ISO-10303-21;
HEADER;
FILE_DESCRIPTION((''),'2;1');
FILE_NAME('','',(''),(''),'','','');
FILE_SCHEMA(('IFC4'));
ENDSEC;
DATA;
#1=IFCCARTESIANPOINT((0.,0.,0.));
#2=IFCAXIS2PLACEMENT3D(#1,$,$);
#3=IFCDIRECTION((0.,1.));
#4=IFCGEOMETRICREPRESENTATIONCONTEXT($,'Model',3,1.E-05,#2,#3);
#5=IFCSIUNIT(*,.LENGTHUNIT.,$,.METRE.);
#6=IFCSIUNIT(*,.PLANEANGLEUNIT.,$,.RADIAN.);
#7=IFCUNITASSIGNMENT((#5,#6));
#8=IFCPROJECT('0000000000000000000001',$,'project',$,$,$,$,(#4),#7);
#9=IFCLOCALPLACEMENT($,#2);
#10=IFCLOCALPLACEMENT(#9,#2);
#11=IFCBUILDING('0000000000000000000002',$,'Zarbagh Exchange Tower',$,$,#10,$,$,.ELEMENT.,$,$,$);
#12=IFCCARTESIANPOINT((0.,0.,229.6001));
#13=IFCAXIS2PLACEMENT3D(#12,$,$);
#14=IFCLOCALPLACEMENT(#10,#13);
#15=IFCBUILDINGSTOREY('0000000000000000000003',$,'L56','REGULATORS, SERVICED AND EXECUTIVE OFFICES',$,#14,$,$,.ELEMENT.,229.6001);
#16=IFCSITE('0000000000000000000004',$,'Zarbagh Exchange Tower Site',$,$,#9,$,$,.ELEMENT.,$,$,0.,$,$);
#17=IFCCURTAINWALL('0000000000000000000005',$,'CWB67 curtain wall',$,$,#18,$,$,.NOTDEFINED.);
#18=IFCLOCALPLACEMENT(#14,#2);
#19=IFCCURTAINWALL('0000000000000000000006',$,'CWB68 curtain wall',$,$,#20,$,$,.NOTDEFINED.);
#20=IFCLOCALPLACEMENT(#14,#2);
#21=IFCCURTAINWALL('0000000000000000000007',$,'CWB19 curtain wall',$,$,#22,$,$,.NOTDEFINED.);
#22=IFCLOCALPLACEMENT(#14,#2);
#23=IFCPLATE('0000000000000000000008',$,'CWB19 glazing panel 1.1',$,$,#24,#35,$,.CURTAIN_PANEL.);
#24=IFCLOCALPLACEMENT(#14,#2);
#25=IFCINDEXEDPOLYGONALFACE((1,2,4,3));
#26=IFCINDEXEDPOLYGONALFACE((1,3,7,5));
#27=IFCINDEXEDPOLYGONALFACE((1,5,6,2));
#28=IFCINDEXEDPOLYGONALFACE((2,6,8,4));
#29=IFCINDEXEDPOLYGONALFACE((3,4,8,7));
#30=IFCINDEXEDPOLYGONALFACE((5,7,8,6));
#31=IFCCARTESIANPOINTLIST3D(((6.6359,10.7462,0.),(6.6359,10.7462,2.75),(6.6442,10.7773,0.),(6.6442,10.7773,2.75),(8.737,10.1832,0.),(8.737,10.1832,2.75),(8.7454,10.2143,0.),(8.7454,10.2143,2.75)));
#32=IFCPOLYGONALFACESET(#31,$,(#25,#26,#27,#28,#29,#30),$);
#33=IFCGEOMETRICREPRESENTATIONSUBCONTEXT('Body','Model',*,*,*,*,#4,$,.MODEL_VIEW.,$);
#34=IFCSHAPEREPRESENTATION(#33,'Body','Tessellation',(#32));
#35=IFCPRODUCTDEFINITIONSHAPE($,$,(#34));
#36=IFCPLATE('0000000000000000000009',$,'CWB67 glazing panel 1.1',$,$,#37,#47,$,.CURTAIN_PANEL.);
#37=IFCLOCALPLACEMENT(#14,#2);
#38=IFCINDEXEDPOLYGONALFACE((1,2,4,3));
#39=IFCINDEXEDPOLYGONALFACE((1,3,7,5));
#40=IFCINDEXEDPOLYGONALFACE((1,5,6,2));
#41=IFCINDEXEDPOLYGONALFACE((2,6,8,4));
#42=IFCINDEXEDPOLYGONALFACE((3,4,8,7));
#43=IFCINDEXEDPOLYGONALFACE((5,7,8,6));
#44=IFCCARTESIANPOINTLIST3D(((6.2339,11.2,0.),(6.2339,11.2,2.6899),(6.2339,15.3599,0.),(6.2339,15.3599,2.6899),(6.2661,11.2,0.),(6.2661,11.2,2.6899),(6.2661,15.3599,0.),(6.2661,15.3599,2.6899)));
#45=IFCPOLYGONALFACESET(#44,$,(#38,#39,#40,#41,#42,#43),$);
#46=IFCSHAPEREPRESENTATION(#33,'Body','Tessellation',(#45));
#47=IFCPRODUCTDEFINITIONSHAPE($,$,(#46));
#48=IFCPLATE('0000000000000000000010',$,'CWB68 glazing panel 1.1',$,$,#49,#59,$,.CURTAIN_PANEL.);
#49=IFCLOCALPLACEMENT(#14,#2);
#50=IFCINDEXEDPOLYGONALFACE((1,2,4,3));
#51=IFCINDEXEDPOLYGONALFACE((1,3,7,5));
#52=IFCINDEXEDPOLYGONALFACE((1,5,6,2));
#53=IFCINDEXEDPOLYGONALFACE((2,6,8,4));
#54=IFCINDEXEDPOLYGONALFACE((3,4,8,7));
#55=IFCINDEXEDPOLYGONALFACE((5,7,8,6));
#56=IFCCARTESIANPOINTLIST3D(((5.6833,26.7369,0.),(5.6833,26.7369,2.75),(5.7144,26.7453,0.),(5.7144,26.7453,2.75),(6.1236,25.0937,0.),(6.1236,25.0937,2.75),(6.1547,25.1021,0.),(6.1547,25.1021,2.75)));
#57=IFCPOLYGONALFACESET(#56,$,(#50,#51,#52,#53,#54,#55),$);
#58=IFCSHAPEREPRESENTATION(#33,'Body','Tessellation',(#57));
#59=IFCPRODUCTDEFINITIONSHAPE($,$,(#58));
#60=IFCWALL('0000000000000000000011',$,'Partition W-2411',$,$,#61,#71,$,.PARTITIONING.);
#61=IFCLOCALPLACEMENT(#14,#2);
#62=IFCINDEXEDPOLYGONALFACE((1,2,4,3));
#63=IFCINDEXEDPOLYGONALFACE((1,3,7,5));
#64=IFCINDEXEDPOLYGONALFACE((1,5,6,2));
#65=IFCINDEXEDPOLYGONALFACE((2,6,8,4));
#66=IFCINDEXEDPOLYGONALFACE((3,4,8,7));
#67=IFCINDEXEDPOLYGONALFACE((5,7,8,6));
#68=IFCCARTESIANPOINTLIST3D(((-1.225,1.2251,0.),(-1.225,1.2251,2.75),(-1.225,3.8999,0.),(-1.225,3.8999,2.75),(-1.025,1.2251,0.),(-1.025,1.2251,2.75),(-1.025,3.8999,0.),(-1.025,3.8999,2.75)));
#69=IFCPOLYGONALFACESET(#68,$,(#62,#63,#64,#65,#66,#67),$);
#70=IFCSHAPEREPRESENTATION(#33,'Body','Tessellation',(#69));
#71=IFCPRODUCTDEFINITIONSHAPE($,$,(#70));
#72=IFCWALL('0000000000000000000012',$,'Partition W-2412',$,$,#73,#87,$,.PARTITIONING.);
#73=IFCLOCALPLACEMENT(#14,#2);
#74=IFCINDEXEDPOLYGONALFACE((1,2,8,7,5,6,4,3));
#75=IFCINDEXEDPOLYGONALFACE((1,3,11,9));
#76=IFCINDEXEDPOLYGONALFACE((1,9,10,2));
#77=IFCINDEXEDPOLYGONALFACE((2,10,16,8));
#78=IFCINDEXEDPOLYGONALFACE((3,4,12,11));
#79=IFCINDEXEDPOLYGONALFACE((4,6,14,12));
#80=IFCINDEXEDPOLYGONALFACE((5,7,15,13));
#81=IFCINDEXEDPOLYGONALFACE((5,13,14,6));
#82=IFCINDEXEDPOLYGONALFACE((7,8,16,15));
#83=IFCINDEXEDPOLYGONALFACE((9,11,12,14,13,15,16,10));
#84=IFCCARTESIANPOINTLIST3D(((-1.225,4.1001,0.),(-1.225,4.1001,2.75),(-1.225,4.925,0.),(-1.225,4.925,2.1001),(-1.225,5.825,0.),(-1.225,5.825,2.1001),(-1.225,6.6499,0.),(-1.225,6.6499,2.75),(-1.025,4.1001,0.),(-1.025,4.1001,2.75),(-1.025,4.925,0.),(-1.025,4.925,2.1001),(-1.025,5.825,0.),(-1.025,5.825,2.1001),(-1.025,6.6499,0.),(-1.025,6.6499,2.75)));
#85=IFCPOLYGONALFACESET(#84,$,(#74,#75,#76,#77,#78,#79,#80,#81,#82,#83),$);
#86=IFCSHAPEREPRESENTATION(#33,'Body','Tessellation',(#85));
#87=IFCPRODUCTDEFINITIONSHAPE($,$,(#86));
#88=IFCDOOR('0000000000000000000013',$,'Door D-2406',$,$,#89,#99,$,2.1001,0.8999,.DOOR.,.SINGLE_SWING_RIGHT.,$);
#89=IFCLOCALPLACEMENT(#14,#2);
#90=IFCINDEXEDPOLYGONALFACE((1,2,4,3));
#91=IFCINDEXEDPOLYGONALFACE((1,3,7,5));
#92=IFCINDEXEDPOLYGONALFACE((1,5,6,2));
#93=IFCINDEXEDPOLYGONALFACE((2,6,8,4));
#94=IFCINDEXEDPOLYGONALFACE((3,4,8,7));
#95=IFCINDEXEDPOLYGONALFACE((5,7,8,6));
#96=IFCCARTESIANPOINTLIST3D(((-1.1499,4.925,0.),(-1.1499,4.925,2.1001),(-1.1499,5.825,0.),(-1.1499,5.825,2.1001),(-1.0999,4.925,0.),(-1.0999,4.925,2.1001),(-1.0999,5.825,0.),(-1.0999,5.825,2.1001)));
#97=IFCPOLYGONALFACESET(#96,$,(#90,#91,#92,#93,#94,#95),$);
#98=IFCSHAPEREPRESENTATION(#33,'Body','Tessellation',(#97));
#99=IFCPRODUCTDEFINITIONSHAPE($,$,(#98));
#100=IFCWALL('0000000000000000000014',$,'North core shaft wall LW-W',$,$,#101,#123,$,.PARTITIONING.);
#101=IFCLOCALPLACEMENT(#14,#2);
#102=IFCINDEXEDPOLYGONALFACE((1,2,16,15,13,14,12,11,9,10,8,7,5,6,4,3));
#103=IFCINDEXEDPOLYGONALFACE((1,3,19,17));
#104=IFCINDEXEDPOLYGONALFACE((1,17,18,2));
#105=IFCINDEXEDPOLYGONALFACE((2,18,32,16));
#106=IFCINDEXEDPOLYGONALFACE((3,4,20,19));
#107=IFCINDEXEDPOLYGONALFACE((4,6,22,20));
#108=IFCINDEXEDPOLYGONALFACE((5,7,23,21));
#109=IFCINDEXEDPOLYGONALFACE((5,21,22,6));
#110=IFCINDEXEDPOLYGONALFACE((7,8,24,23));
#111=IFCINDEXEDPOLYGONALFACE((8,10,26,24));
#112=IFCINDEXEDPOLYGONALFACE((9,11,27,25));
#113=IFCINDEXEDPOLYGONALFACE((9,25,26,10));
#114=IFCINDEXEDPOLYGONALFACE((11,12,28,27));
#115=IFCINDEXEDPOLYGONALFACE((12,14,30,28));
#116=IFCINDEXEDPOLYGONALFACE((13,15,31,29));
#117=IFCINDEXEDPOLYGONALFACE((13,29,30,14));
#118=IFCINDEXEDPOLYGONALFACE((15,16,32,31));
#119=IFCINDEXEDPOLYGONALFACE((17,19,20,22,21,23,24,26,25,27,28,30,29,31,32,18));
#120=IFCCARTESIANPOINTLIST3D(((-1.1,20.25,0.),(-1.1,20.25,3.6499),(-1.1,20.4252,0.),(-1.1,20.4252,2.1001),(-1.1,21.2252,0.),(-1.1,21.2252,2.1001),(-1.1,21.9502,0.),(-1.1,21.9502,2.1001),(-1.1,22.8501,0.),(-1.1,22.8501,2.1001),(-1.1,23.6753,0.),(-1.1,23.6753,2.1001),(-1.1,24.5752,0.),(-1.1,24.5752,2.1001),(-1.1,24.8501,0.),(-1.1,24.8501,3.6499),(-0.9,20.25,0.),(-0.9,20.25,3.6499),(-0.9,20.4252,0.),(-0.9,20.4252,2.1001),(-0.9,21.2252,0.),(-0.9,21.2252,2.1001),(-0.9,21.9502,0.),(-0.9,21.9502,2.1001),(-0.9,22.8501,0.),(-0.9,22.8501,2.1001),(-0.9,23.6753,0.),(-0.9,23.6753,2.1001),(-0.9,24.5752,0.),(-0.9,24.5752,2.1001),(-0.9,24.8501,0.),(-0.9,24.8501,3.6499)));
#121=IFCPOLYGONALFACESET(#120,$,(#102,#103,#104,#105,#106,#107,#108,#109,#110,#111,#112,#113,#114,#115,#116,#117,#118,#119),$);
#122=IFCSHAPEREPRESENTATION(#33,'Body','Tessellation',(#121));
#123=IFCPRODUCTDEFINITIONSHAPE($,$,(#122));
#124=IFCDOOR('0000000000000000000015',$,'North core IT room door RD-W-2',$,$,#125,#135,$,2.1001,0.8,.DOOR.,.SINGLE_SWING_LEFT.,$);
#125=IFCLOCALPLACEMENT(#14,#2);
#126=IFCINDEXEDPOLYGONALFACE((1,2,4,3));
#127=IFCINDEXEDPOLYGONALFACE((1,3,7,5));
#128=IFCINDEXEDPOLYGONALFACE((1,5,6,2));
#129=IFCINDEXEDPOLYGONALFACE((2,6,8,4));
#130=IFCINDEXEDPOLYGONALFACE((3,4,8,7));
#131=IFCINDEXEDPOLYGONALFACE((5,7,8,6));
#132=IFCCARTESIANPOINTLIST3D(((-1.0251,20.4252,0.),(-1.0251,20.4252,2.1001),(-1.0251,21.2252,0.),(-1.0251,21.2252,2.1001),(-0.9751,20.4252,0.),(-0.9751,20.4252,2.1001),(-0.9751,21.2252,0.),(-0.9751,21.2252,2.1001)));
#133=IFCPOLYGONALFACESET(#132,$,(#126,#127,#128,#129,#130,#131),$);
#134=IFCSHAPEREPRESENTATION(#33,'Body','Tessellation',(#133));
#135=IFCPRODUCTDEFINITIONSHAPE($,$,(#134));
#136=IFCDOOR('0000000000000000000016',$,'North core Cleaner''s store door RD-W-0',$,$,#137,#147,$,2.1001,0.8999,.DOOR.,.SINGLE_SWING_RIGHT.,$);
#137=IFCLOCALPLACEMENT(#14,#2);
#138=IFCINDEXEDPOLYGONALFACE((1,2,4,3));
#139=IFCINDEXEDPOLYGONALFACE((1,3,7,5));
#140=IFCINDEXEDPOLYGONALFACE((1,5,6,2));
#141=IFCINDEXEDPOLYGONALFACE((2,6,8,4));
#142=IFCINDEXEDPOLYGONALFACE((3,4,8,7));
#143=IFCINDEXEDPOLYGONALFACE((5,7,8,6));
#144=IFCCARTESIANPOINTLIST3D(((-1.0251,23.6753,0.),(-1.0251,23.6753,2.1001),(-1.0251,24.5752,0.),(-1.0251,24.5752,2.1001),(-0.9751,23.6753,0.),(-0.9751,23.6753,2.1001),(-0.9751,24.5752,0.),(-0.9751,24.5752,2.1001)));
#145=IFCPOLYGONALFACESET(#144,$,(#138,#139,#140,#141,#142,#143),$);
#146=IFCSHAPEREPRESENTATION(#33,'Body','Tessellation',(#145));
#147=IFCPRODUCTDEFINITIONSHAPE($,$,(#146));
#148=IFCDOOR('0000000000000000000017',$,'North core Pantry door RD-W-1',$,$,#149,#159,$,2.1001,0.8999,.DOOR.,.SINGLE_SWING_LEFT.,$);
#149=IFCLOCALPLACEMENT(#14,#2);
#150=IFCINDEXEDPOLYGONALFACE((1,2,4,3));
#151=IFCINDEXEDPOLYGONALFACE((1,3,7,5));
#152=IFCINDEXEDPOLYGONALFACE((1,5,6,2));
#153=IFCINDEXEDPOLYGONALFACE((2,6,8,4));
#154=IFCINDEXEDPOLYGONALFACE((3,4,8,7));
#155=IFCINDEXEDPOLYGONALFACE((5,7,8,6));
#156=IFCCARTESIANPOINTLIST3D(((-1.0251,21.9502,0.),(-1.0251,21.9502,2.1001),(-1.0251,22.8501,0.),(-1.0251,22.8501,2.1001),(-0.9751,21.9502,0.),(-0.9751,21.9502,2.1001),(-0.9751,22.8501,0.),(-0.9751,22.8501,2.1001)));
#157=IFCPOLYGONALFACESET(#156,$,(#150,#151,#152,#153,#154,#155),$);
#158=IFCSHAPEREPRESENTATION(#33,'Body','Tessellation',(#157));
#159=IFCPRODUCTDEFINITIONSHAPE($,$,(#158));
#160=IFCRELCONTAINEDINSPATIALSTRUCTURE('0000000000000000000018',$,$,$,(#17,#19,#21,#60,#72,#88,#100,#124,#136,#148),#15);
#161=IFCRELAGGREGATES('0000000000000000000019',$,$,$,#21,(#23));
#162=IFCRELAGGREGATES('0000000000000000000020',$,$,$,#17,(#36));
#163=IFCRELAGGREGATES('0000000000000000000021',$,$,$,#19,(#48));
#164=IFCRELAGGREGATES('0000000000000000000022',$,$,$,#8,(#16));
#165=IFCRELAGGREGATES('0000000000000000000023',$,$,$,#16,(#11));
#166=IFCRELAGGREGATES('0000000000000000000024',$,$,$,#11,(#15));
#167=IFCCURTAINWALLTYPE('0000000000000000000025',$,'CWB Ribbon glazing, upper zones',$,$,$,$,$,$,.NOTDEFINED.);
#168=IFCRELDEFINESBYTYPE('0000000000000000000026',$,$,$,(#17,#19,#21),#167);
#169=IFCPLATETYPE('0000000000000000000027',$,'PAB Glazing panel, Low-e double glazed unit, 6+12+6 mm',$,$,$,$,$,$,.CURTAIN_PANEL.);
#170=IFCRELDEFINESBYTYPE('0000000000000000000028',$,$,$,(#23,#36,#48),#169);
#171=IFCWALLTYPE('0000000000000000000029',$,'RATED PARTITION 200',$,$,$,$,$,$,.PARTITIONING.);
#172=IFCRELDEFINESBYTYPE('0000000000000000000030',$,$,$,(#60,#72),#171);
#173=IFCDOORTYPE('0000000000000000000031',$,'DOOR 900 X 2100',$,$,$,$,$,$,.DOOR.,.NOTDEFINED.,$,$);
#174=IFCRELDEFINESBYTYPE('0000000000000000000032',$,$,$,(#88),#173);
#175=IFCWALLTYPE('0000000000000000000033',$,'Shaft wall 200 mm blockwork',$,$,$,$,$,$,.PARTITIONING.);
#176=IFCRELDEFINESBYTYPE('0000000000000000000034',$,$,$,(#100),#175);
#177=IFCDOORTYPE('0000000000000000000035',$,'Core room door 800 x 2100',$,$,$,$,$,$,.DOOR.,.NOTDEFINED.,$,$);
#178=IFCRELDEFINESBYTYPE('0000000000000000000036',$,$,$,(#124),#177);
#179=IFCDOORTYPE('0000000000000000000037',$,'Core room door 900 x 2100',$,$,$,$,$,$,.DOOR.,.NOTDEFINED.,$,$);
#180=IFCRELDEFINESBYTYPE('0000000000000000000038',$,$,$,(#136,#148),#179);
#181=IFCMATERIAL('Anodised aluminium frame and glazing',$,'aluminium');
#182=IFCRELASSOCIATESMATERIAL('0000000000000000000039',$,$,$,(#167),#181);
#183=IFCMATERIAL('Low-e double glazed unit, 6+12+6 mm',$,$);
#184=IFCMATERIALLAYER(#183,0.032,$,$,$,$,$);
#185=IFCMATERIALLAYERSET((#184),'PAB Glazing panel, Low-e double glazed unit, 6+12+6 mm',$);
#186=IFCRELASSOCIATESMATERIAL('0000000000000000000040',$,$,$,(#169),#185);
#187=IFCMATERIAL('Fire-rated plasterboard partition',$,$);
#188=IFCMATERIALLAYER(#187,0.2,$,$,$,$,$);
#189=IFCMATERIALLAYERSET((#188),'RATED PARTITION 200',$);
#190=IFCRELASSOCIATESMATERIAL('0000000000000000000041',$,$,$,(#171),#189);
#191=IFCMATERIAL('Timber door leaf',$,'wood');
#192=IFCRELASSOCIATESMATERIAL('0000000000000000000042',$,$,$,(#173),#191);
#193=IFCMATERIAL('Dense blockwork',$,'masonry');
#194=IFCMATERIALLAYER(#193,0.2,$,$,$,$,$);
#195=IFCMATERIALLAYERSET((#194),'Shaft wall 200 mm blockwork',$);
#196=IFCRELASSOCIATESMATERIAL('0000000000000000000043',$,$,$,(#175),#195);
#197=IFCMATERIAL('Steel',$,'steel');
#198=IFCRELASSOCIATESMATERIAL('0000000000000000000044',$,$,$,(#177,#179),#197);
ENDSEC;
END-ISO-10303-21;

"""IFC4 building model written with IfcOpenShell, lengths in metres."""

from ifc_helpers import new_model, si_unit, direction, frame, frame_2d, origin, place, context, subcontext, project, spatial, polyline, rectangle, outline, extrude, source, transform, mapped, material, layer, layer_set, type_object, element, fill, aggregate, save


model = new_model("IFC4")

# Units and contexts
model_context = context("Model", 3, precision=1e-05, world=origin(), true_north=direction((0.0, 1.0)))
body_context = subcontext(model_context, "Body", "Model", "MODEL_VIEW")
ifc_project = project(units=[si_unit("LENGTHUNIT", "METRE"), si_unit("PLANEANGLEUNIT", "RADIAN")], contexts=[model_context])

# Site, building, storey
site_placement = place(None, origin())
site = spatial("IfcSite", under=ifc_project, at=site_placement, Name="Zarbagh Exchange Tower Site", CompositionType="ELEMENT", RefElevation=0.0)
building_placement = place(site_placement, origin())
building = spatial("IfcBuilding", under=site, at=building_placement, Name="Zarbagh Exchange Tower", CompositionType="ELEMENT")
storey_placement = place(building_placement, frame((0.0, 0.0, 229.6001)))
storey = spatial("IfcBuildingStorey", under=building, at=storey_placement, Name="L56", Description="REGULATORS, SERVICED AND EXECUTIVE OFFICES", CompositionType="ELEMENT", Elevation=229.6001)

# Shared definitions
ifc_material_1 = material(Name="Anodised aluminium frame and glazing", Category="aluminium")
curtain_wall_type = type_object("IfcCurtainWallType", Name="CWB Ribbon glazing, upper zones", PredefinedType="NOTDEFINED", material=ifc_material_1)
placement = place(storey_placement, origin())

# Curtain wall
curtain_wall_1_placement = place(storey_placement, origin())
curtain_wall_1 = element("IfcCurtainWall", 1, at=curtain_wall_1_placement, inside=storey, type_object=curtain_wall_type, Name="CWB67 curtain wall", PredefinedType="NOTDEFINED")

# Curtain wall
curtain_wall_2_placement = place(storey_placement, origin())
curtain_wall_2 = element("IfcCurtainWall", 2, at=curtain_wall_2_placement, inside=storey, type_object=curtain_wall_type, Name="CWB68 curtain wall", PredefinedType="NOTDEFINED")

# Shared definitions
ifc_material_2 = material(Name="Low-e double glazed unit, 6+12+6 mm")
ifc_layer_1 = layer(ifc_material_2, 0.032)
ifc_layer_set_1 = layer_set([ifc_layer_1], Name="PAB Glazing panel, Low-e double glazed unit, 6+12+6 mm")
plate_type = type_object("IfcPlateType", Name="PAB Glazing panel, Low-e double glazed unit, 6+12+6 mm", PredefinedType="CURTAIN_PANEL", material=ifc_layer_set_1)

# Curtain wall, plate
curtain_wall_3_placement = place(storey_placement, origin())
curtain_wall_3 = element("IfcCurtainWall", 3, at=curtain_wall_3_placement, inside=storey, type_object=curtain_wall_type, Name="CWB19 curtain wall", PredefinedType="NOTDEFINED")
shared_shape_1 = source(origin(), body_context, "Body", "SweptSolid", [
    extrude(outline(polyline([(0.0, -0.0161), (2.1753, -0.0161), (2.1753, 0.0161), (0.0, 0.0161), (0.0, -0.0161)])), origin(), (0.0, 0.0, 1.0), 2.75),
])
plate_1 = element("IfcPlate", 4, at=placement, type_object=plate_type, Name="CWB19 glazing panel 1.1", PredefinedType="CURTAIN_PANEL", context=body_context, shape_type="MappedRepresentation", body=[
    mapped(shared_shape_1, transform((8.7412, 10.1987, 0.0), x_axis=(-0.965924, 0.258825, 0.0), y_axis=(-0.258825, -0.965924, 0.0), z_axis=(0.0, 0.0, 1.0))),
])
aggregate(curtain_wall_3, [plate_1])

# Plates
shared_shape_2 = source(origin(), body_context, "Body", "SweptSolid", [
    extrude(outline(polyline([(0.0, -0.0161), (4.1599, -0.0161), (4.1599, 0.0161), (0.0, 0.0161), (0.0, -0.0161)])), origin(), (0.0, 0.0, 1.0), 2.6899),
])
plate_2 = element("IfcPlate", 5, at=placement, type_object=plate_type, Name="CWB67 glazing panel 1.1", PredefinedType="CURTAIN_PANEL", context=body_context, shape_type="MappedRepresentation", body=[
    mapped(shared_shape_2, transform((6.25, 11.2, 0.0), x_axis=(0.0, 1.0, 0.0), y_axis=(-1.0, 0.0, 0.0), z_axis=(0.0, 0.0, 1.0))),
])
aggregate(curtain_wall_1, [plate_2])
shared_shape_3 = source(origin(), body_context, "Body", "SweptSolid", [
    extrude(outline(polyline([(0.0, -0.0161), (1.7012, -0.0161), (1.7012, 0.0161), (0.0, 0.0161), (0.0, -0.0161)])), origin(), (0.0, 0.0, 1.0), 2.75),
])
plate_3 = element("IfcPlate", 6, at=placement, type_object=plate_type, Name="CWB68 glazing panel 1.1", PredefinedType="CURTAIN_PANEL", context=body_context, shape_type="MappedRepresentation", body=[
    mapped(shared_shape_3, transform((6.1392, 25.0979, 0.0), x_axis=(-0.258825, 0.965924, 0.0), y_axis=(-0.965924, -0.258825, 0.0), z_axis=(0.0, 0.0, 1.0))),
])
aggregate(curtain_wall_2, [plate_3])

# Wall
ifc_material_3 = material(Name="Fire-rated plasterboard partition")
ifc_layer_2 = layer(ifc_material_3, 0.2)
ifc_layer_set_2 = layer_set([ifc_layer_2], Name="RATED PARTITION 200")
wall_type_1 = type_object("IfcWallType", Name="RATED PARTITION 200", PredefinedType="PARTITIONING", material=ifc_layer_set_2)
wall_1_placement = place(storey_placement, frame((-1.125, 1.2251, 0.0), z_axis=(0.0, 0.0, 1.0), x_axis=(0.0, 1.0, 0.0)))
element("IfcWall", 7, at=wall_1_placement, inside=storey, type_object=wall_type_1, Name="Partition W-2411", PredefinedType="PARTITIONING", context=body_context, shape_type="SweptSolid", body=[
    extrude(rectangle(XDim=2.6748, YDim=0.2, at=frame_2d((1.3374, 0.0))), origin(), (0.0, 0.0, 1.0), 2.75),
])

# Wall, opening, door
wall_2_placement = place(storey_placement, frame((-1.125, 4.1001, 0.0), z_axis=(0.0, 0.0, 1.0), x_axis=(0.0, 1.0, 0.0)))
wall_2 = element("IfcWall", 8, at=wall_2_placement, inside=storey, type_object=wall_type_1, Name="Partition W-2412", PredefinedType="PARTITIONING", context=body_context, shape_type="SweptSolid", body=[
    extrude(rectangle(XDim=2.5498, YDim=0.2, at=frame_2d((1.2749, 0.0))), origin(), (0.0, 0.0, 1.0), 2.75),
])
opening_1_placement = place(wall_2_placement, frame((0.825, 0.0, 0.0)))
opening_1 = element("IfcOpeningElement", 9, at=opening_1_placement, cuts=wall_2, PredefinedType="OPENING", context=body_context, shape_type="SweptSolid", body=[
    extrude(rectangle(XDim=0.8999, YDim=2.1001, at=frame_2d((0.45, 1.05))), frame((0.0, 0.1099, 0.0), z_axis=(0.0, -1.0, 0.0), x_axis=(1.0, 0.0, 0.0)), (0.0, 0.0, 1.0), 0.22),
])
ifc_material_4 = material(Name="Timber door leaf", Category="wood")
door_type_1 = type_object("IfcDoorType", Name="DOOR 900 X 2100", OperationType="NOTDEFINED", PredefinedType="DOOR", material=ifc_material_4)
door_1_placement = place(opening_1_placement, origin())
door_1 = element("IfcDoor", 10, at=door_1_placement, inside=storey, type_object=door_type_1, Name="Door D-2406", OperationType="SINGLE_SWING_RIGHT", OverallHeight=2.1001, OverallWidth=0.8999, PredefinedType="DOOR", context=body_context, shape_type="SweptSolid", body=[
    extrude(rectangle(XDim=0.8999, YDim=2.1001, at=frame_2d((0.45, 1.05))), frame((0.0, 0.0249, 0.0), z_axis=(0.0, -1.0, 0.0), x_axis=(1.0, 0.0, 0.0)), (0.0, 0.0, 1.0), 0.05),
])
fill(opening_1, door_1)

# Wall, openings, doors
ifc_material_5 = material(Name="Dense blockwork", Category="masonry")
ifc_layer_3 = layer(ifc_material_5, 0.2)
ifc_layer_set_3 = layer_set([ifc_layer_3], Name="Shaft wall 200 mm blockwork")
wall_type_2 = type_object("IfcWallType", Name="Shaft wall 200 mm blockwork", PredefinedType="PARTITIONING", material=ifc_layer_set_3)
wall_3_placement = place(storey_placement, frame((-1.0, 24.8501, 0.0), z_axis=(0.0, 0.0, 1.0), x_axis=(0.0, -1.0, 0.0)))
wall_3 = element("IfcWall", 11, at=wall_3_placement, inside=storey, type_object=wall_type_2, Name="North core shaft wall LW-W", PredefinedType="PARTITIONING", context=body_context, shape_type="SweptSolid", body=[
    extrude(rectangle(XDim=4.6001, YDim=0.2, at=frame_2d((2.3, 0.0))), origin(), (0.0, 0.0, 1.0), 3.6499),
])
opening_2_placement = place(wall_3_placement, frame((0.2749, 0.0, 0.0)))
opening_2 = element("IfcOpeningElement", 12, at=opening_2_placement, cuts=wall_3, PredefinedType="OPENING", context=body_context, shape_type="SweptSolid", body=[
    extrude(rectangle(XDim=0.8999, YDim=2.1001, at=frame_2d((0.45, 1.05))), frame((0.0, 0.1099, 0.0), z_axis=(0.0, -1.0, 0.0), x_axis=(1.0, 0.0, 0.0)), (0.0, 0.0, 1.0), 0.22),
])
opening_3_placement = place(wall_3_placement, frame((2.0, 0.0, 0.0)))
opening_3 = element("IfcOpeningElement", 13, at=opening_3_placement, cuts=wall_3, PredefinedType="OPENING", context=body_context, shape_type="SweptSolid", body=[
    extrude(rectangle(XDim=0.8999, YDim=2.1001, at=frame_2d((0.45, 1.05))), frame((0.0, 0.1099, 0.0), z_axis=(0.0, -1.0, 0.0), x_axis=(1.0, 0.0, 0.0)), (0.0, 0.0, 1.0), 0.22),
])
opening_4_placement = place(wall_3_placement, frame((3.625, 0.0, 0.0)))
opening_4 = element("IfcOpeningElement", 14, at=opening_4_placement, cuts=wall_3, PredefinedType="OPENING", context=body_context, shape_type="SweptSolid", body=[
    extrude(rectangle(XDim=0.8, YDim=2.1001, at=frame_2d((0.3999, 1.05))), frame((0.0, 0.1099, 0.0), z_axis=(0.0, -1.0, 0.0), x_axis=(1.0, 0.0, 0.0)), (0.0, 0.0, 1.0), 0.22),
])
ifc_material_6 = material(Name="Steel", Category="steel")
door_type_2 = type_object("IfcDoorType", Name="Core room door 800 x 2100", OperationType="NOTDEFINED", PredefinedType="DOOR", material=ifc_material_6)
door_2_placement = place(opening_4_placement, origin())
door_2 = element("IfcDoor", 15, at=door_2_placement, inside=storey, type_object=door_type_2, Name="North core IT room door RD-W-2", OperationType="SINGLE_SWING_LEFT", OverallHeight=2.1001, OverallWidth=0.8, PredefinedType="DOOR", context=body_context, shape_type="SweptSolid", body=[
    extrude(rectangle(XDim=0.8, YDim=2.1001, at=frame_2d((0.3999, 1.05))), frame((0.0, 0.0249, 0.0), z_axis=(0.0, -1.0, 0.0), x_axis=(1.0, 0.0, 0.0)), (0.0, 0.0, 1.0), 0.05),
])
fill(opening_4, door_2)
door_type_3 = type_object("IfcDoorType", Name="Core room door 900 x 2100", OperationType="NOTDEFINED", PredefinedType="DOOR", material=ifc_material_6)
door_3_placement = place(opening_2_placement, origin())
door_3 = element("IfcDoor", 16, at=door_3_placement, inside=storey, type_object=door_type_3, Name="North core Cleaner's store door RD-W-0", OperationType="SINGLE_SWING_RIGHT", OverallHeight=2.1001, OverallWidth=0.8999, PredefinedType="DOOR", context=body_context, shape_type="SweptSolid", body=[
    extrude(rectangle(XDim=0.8999, YDim=2.1001, at=frame_2d((0.45, 1.05))), frame((0.0, 0.0249, 0.0), z_axis=(0.0, -1.0, 0.0), x_axis=(1.0, 0.0, 0.0)), (0.0, 0.0, 1.0), 0.05),
])
fill(opening_2, door_3)
door_4_placement = place(opening_3_placement, origin())
door_4 = element("IfcDoor", 17, at=door_4_placement, inside=storey, type_object=door_type_3, Name="North core Pantry door RD-W-1", OperationType="SINGLE_SWING_LEFT", OverallHeight=2.1001, OverallWidth=0.8999, PredefinedType="DOOR", context=body_context, shape_type="SweptSolid", body=[
    extrude(rectangle(XDim=0.8999, YDim=2.1001, at=frame_2d((0.45, 1.05))), frame((0.0, 0.0249, 0.0), z_axis=(0.0, -1.0, 0.0), x_axis=(1.0, 0.0, 0.0)), (0.0, 0.0, 1.0), 0.05),
])
fill(opening_3, door_4)

save(model, "model.ifc")
